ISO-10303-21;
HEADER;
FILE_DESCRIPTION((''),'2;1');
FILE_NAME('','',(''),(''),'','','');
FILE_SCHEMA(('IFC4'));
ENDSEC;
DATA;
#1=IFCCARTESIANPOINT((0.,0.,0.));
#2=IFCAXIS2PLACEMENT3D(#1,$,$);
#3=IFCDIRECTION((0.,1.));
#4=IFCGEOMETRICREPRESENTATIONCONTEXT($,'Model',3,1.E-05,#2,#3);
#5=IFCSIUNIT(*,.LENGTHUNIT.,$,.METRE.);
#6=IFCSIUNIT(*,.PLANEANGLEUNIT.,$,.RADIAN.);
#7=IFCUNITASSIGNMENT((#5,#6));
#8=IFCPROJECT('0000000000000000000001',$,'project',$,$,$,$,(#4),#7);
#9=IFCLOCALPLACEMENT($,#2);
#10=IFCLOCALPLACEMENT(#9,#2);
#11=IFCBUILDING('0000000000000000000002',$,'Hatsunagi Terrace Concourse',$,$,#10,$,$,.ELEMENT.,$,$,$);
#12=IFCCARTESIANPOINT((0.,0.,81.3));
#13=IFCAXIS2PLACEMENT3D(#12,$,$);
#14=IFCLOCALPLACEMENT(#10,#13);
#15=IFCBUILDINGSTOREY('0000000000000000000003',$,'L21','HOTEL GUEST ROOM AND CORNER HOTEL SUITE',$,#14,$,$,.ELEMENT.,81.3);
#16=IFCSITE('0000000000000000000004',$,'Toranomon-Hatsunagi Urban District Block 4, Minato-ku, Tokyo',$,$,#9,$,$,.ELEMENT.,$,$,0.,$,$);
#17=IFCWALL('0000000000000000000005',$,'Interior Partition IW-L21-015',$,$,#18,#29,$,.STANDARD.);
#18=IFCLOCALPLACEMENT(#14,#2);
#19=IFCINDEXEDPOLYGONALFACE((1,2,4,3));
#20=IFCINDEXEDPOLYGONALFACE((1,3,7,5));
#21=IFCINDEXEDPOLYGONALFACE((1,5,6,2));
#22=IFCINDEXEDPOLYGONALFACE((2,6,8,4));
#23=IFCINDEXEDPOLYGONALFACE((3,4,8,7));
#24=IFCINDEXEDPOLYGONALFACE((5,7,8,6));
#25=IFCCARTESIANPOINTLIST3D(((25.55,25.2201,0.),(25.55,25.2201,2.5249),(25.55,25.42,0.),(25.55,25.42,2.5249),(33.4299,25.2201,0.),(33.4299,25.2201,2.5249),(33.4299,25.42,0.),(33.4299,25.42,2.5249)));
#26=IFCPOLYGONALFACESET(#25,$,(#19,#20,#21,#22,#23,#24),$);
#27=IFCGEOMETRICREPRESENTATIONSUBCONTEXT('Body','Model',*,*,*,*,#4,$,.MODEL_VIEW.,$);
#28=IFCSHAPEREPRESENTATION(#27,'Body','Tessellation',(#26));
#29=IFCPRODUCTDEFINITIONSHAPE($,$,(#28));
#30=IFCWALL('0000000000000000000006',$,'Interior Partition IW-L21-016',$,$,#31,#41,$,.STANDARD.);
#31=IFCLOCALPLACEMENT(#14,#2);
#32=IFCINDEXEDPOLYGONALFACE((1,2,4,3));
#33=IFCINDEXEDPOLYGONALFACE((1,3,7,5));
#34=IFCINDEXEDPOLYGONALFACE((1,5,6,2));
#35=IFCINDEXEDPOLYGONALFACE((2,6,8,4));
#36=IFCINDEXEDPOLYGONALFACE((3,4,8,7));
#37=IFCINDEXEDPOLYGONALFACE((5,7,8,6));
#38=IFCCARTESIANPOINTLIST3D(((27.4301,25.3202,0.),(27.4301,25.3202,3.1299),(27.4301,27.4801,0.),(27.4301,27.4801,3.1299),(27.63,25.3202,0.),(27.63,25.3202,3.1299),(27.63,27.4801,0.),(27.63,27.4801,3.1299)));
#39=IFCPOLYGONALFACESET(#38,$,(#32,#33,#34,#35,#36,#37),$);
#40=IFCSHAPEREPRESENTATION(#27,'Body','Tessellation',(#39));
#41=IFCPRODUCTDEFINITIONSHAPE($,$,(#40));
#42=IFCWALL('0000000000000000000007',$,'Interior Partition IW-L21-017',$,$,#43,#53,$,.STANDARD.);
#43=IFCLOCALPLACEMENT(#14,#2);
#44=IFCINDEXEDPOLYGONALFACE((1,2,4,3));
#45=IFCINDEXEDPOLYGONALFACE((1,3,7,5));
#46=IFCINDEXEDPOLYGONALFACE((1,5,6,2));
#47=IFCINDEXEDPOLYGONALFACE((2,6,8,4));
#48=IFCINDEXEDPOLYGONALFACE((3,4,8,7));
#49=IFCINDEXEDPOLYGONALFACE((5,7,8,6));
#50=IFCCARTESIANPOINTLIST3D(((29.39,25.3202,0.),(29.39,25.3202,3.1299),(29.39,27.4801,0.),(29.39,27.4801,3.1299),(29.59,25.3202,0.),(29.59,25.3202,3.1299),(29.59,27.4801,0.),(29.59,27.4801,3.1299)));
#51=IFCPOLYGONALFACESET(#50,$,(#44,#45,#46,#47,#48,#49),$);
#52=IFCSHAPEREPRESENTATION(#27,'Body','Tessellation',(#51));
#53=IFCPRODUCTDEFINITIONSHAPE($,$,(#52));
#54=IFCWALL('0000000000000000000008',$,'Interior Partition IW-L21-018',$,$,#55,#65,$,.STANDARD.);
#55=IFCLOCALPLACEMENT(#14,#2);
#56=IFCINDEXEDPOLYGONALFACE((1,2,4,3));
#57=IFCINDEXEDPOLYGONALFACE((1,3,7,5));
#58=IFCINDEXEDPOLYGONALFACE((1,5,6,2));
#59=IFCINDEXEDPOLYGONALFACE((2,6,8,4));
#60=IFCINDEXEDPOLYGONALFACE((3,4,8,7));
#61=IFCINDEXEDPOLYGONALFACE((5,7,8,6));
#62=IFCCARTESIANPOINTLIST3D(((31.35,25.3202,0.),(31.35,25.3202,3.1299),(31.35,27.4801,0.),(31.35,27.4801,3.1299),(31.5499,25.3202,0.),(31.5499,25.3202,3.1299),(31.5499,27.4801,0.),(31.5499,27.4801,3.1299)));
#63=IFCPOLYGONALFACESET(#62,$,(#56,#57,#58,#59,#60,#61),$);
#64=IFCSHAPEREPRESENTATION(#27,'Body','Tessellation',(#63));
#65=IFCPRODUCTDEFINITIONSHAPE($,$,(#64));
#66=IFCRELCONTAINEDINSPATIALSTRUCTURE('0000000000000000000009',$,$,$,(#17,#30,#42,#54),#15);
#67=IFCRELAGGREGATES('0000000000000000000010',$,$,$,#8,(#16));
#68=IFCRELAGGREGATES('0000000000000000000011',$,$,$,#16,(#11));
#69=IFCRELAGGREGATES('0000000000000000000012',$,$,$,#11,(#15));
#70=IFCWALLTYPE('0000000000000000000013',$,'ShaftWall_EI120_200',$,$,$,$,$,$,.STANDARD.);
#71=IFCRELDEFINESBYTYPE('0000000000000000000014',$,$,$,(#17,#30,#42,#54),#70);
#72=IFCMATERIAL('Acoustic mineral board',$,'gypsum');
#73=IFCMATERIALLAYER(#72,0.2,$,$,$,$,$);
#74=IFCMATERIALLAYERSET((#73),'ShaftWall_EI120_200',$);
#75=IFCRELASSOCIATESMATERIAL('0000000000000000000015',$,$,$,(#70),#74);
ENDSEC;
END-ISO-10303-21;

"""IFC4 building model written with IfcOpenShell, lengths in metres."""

from ifc_helpers import new_model, si_unit, direction, frame, frame_2d, origin, place, context, subcontext, project, spatial, rectangle, extrude, material, layer, layer_set, type_object, element, save


model = new_model("IFC4")

# Units and contexts
model_context = context("Model", 3, precision=1e-05, world=origin(), true_north=direction((0.0, 1.0)))
body_context = subcontext(model_context, "Body", "Model", "MODEL_VIEW")
ifc_project = project(units=[si_unit("LENGTHUNIT", "METRE"), si_unit("PLANEANGLEUNIT", "RADIAN")], contexts=[model_context])

# Site, building, storey
site_placement = place(None, origin())
site = spatial("IfcSite", under=ifc_project, at=site_placement, Name="Toranomon-Hatsunagi Urban District Block 4, Minato-ku, Tokyo", CompositionType="ELEMENT", RefElevation=0.0)
building_placement = place(site_placement, origin())
building = spatial("IfcBuilding", under=site, at=building_placement, Name="Hatsunagi Terrace Concourse", CompositionType="ELEMENT")
storey_placement = place(building_placement, frame((0.0, 0.0, 81.3)))
storey = spatial("IfcBuildingStorey", under=building, at=storey_placement, Name="L21", Description="HOTEL GUEST ROOM AND CORNER HOTEL SUITE", CompositionType="ELEMENT", Elevation=81.3)

# Shared definitions
ifc_material_1 = material(Name="Acoustic mineral board", Category="gypsum")
ifc_layer_1 = layer(ifc_material_1, 0.2)
ifc_layer_set_1 = layer_set([ifc_layer_1], Name="ShaftWall_EI120_200")
wall_type_1 = type_object("IfcWallType", Name="ShaftWall_EI120_200", PredefinedType="STANDARD", material=ifc_layer_set_1)

# Walls
wall_1_placement = place(storey_placement, frame((25.55, 25.3201, 0.0), z_axis=(0.0, 0.0, 1.0), x_axis=(1.0, 0.0, 0.0)))
element("IfcWall", 1, at=wall_1_placement, inside=storey, type_object=wall_type_1, Name="Interior Partition IW-L21-015", PredefinedType="STANDARD", context=body_context, shape_type="SweptSolid", body=[
    extrude(rectangle(XDim=7.8799, YDim=0.2, at=frame_2d((3.9399, 0.0))), origin(), (0.0, 0.0, 1.0), 2.5249),
])
for number, where, z_axis, x_axis, name in (
    (2, (27.53, 25.3201, 0.0), (0.0, 0.0, 1.0), (0.0, 1.0, 0.0), "Interior Partition IW-L21-016"),
    (3, (29.49, 25.3201, 0.0), (0.0, 0.0, 1.0), (0.0, 1.0, 0.0), "Interior Partition IW-L21-017"),
    (4, (31.45, 25.3201, 0.0), (0.0, 0.0, 1.0), (0.0, 1.0, 0.0), "Interior Partition IW-L21-018"),
):
    element("IfcWall", number, at=place(storey_placement, frame(where, z_axis=z_axis, x_axis=x_axis)), inside=storey, type_object=wall_type_1, Name=name, PredefinedType="STANDARD", context=body_context, shape_type="SweptSolid", body=[
        extrude(rectangle(XDim=2.1599, YDim=0.2, at=frame_2d((1.0801, 0.0))), origin(), (0.0, 0.0, 1.0), 3.1299),
    ])

save(model, "model.ifc")
